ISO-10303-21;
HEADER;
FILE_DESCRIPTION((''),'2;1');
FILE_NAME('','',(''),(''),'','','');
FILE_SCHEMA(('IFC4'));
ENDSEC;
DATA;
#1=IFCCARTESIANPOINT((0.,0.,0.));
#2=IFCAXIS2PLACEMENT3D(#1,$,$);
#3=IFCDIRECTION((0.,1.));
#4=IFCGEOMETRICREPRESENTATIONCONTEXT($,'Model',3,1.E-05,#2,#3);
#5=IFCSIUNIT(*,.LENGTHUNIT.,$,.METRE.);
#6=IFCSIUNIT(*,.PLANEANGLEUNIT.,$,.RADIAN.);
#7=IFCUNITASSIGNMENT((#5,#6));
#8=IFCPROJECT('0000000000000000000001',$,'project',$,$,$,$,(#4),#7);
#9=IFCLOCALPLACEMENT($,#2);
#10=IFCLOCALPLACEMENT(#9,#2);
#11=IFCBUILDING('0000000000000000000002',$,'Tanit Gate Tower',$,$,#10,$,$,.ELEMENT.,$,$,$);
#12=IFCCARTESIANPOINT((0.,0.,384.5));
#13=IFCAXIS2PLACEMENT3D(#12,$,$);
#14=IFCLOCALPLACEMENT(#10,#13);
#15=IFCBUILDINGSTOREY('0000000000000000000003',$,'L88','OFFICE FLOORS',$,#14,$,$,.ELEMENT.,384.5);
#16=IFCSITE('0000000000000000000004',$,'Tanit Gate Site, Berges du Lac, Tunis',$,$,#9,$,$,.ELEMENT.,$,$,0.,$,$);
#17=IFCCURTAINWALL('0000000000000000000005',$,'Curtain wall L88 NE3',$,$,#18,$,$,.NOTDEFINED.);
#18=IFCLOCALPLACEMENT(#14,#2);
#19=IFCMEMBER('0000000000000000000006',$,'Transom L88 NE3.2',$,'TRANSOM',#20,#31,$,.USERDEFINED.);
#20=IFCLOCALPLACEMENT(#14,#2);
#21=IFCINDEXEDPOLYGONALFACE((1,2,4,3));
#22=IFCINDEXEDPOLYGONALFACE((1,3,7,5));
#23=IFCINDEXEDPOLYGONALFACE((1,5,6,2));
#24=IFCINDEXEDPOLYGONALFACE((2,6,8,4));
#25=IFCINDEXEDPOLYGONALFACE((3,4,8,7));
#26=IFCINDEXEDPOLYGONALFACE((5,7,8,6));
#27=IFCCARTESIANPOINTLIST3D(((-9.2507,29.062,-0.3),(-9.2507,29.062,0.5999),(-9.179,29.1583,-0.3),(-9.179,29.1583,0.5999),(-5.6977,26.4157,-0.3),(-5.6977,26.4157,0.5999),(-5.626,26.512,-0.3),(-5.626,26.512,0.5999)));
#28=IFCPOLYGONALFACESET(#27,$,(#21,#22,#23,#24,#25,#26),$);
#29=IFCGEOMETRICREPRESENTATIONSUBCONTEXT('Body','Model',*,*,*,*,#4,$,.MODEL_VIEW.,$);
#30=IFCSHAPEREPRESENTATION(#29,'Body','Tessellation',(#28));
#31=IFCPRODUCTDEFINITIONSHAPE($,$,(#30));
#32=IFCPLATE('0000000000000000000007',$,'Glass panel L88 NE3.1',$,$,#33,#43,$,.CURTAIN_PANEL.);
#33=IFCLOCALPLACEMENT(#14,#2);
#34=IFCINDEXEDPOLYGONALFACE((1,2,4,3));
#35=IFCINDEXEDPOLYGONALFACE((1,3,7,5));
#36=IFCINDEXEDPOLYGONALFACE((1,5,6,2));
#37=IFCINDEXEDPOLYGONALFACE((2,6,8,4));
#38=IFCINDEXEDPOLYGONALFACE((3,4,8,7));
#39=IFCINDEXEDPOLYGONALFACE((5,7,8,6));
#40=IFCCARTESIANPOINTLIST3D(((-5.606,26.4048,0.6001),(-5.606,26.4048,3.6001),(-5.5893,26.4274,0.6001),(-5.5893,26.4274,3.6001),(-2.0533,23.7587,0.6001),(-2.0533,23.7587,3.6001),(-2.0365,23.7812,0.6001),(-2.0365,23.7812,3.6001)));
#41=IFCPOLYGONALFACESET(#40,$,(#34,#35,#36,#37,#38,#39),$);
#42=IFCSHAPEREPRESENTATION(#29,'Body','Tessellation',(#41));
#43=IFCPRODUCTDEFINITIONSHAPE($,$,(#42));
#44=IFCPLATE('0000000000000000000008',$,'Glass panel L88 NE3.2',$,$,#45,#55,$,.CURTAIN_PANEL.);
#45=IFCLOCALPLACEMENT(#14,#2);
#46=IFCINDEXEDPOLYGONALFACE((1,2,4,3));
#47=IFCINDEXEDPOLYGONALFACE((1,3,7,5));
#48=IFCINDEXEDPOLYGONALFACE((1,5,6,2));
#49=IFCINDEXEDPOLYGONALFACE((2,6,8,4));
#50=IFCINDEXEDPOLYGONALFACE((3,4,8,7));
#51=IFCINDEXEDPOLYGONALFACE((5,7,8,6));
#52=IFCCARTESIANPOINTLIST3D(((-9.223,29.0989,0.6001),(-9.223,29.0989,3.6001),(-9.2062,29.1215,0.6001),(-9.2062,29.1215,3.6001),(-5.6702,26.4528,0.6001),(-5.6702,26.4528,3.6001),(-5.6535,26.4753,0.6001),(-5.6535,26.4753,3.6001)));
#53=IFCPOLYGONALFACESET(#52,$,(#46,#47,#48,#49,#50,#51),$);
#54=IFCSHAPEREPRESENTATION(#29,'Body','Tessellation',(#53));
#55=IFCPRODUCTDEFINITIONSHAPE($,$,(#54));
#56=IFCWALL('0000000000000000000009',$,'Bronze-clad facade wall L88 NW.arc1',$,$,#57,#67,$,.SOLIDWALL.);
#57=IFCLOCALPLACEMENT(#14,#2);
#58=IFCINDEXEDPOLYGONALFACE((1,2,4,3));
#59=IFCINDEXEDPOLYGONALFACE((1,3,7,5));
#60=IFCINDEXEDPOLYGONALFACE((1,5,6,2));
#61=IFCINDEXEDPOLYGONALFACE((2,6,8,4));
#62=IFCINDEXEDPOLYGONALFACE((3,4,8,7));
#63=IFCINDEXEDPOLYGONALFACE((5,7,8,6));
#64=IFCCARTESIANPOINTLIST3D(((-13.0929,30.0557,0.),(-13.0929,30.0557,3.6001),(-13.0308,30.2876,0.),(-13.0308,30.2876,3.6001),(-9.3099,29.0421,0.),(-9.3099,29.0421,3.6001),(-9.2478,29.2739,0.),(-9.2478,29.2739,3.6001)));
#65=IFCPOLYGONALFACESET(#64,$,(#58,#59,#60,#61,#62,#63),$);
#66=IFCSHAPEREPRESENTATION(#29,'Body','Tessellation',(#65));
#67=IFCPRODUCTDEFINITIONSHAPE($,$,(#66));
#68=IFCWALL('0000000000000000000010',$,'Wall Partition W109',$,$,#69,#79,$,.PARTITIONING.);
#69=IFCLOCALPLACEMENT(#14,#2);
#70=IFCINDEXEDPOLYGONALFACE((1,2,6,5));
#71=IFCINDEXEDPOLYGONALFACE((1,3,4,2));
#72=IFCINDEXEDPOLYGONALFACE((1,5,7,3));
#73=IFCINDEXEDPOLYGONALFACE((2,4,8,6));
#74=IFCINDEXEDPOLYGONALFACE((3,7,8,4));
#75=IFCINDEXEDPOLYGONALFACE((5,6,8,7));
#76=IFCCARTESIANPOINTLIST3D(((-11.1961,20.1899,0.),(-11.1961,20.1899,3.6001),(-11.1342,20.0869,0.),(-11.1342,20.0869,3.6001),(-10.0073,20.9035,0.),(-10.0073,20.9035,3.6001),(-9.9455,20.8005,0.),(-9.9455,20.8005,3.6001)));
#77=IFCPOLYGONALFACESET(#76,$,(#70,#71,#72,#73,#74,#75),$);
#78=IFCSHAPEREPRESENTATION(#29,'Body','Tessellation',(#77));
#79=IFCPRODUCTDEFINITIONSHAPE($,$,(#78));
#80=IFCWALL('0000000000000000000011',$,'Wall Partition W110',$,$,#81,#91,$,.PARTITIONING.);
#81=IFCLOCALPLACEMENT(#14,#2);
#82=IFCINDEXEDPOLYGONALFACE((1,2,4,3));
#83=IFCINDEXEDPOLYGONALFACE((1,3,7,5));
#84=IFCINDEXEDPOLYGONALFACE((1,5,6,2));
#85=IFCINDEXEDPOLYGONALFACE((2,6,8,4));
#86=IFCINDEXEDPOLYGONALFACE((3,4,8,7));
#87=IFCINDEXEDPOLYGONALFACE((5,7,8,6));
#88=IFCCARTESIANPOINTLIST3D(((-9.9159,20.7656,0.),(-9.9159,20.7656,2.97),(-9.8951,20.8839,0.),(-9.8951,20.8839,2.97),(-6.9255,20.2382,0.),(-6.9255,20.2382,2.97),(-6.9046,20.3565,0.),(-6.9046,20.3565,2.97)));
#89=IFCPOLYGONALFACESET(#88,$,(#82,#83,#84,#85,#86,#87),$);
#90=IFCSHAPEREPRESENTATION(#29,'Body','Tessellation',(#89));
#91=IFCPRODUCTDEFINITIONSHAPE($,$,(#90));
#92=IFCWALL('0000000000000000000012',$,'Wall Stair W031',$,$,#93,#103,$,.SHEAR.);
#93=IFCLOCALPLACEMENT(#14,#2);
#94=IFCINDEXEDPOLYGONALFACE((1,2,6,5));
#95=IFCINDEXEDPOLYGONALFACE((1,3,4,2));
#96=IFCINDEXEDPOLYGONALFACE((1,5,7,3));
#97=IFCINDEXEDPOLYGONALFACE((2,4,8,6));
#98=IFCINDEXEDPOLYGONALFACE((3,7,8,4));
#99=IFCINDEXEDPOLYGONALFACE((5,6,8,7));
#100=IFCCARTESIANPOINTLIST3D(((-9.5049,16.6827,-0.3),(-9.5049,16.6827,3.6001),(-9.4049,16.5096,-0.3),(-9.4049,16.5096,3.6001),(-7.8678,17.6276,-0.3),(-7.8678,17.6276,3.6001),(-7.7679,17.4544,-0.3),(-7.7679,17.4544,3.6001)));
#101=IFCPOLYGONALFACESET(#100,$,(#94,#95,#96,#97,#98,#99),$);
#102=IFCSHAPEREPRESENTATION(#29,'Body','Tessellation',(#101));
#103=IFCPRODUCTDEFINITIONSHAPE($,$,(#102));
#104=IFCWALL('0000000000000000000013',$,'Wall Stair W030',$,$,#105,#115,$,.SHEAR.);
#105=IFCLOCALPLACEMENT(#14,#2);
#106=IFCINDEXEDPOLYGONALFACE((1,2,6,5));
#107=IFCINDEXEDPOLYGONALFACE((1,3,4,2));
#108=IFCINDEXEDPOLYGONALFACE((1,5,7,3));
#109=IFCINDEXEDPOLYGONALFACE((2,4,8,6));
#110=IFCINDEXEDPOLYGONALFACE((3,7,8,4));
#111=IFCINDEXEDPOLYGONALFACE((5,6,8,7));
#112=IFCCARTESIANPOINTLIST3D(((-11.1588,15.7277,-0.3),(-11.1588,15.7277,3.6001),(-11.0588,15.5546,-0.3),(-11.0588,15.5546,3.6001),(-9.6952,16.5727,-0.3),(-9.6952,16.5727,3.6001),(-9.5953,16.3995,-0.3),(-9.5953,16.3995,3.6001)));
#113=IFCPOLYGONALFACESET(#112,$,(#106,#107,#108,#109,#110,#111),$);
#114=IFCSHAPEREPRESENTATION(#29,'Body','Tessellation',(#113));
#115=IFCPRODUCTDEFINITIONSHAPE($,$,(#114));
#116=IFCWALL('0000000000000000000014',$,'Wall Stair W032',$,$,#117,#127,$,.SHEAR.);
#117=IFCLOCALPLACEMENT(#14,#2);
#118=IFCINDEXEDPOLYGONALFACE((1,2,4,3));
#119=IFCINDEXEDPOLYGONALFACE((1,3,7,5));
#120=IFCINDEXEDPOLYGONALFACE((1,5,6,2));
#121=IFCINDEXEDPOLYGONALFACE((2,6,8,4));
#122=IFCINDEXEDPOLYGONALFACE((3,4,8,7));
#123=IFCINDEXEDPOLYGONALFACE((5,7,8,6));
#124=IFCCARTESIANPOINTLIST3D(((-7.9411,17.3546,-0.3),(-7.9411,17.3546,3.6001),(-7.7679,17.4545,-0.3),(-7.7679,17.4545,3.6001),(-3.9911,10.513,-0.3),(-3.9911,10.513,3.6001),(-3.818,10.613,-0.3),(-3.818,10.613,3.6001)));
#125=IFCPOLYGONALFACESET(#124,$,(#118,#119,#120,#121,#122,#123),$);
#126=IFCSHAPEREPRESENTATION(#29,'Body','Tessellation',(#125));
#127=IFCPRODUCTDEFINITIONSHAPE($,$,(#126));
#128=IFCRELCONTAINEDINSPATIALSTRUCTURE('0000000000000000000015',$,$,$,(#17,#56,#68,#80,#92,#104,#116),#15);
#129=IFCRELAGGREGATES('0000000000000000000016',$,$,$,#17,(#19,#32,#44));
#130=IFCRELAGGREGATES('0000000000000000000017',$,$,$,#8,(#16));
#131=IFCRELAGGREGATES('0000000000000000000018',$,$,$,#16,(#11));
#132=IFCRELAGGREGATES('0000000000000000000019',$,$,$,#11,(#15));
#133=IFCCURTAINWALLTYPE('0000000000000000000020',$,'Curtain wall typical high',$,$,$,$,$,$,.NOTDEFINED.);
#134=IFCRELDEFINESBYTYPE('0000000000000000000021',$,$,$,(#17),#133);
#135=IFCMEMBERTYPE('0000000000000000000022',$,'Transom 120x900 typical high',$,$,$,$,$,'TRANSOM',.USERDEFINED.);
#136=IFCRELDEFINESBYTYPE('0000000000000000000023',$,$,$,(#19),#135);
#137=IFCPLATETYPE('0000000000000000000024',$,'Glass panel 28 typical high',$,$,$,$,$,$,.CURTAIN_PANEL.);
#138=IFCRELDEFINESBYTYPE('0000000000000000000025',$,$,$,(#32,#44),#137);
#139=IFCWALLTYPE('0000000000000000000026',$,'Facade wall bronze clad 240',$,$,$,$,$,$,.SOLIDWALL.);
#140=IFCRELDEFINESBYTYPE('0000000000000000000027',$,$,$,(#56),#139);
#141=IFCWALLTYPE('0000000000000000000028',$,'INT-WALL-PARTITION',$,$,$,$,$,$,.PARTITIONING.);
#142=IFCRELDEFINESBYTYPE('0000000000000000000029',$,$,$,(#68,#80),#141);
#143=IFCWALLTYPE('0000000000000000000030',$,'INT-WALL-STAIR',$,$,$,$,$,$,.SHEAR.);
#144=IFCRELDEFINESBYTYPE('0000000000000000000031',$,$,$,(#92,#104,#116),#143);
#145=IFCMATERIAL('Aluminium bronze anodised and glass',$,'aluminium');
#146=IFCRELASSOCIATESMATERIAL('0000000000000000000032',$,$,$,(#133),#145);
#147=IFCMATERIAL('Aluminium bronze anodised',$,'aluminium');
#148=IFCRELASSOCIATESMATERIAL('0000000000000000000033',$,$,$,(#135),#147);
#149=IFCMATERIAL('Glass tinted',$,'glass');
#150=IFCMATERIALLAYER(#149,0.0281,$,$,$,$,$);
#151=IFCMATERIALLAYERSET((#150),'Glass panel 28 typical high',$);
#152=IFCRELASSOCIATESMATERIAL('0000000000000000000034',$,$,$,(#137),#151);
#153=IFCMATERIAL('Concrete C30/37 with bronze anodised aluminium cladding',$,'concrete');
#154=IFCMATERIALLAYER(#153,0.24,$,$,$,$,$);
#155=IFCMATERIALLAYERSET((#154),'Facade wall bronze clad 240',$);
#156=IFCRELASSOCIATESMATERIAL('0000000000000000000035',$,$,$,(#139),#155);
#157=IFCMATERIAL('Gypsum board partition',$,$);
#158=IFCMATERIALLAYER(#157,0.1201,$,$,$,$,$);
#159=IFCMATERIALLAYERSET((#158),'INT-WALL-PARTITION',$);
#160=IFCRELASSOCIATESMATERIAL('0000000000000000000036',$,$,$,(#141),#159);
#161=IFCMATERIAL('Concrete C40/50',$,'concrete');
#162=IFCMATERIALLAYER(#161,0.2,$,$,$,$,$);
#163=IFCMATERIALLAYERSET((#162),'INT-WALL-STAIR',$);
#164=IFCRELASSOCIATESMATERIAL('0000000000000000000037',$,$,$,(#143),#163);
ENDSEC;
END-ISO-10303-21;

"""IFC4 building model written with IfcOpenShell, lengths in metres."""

from ifc_helpers import new_model, si_unit, direction, frame, frame_2d, origin, origin_2d, place, context, subcontext, project, spatial, rectangle, extrude, material, layer, layer_set, material_profile, profile_set, type_object, element, aggregate, save


model = new_model("IFC4")

# Units and contexts
model_context = context("Model", 3, precision=1e-05, world=origin(), true_north=direction((0.0, 1.0)))
body_context = subcontext(model_context, "Body", "Model", "MODEL_VIEW")
ifc_project = project(units=[si_unit("LENGTHUNIT", "METRE"), si_unit("PLANEANGLEUNIT", "RADIAN")], contexts=[model_context])

# Site, building, storey
site_placement = place(None, origin())
site = spatial("IfcSite", under=ifc_project, at=site_placement, Name="Tanit Gate Site, Berges du Lac, Tunis", CompositionType="ELEMENT", RefElevation=0.0)
building_placement = place(site_placement, origin())
building = spatial("IfcBuilding", under=site, at=building_placement, Name="Tanit Gate Tower", CompositionType="ELEMENT")
storey_placement = place(building_placement, frame((0.0, 0.0, 384.5)))
storey = spatial("IfcBuildingStorey", under=building, at=storey_placement, Name="L88", Description="OFFICE FLOORS", CompositionType="ELEMENT", Elevation=384.5)

# Curtain wall
ifc_material_1 = material(Name="Aluminium bronze anodised and glass", Category="aluminium")
curtain_wall_type = type_object("IfcCurtainWallType", Name="Curtain wall typical high", PredefinedType="NOTDEFINED", material=ifc_material_1)
curtain_wall_1_placement = place(storey_placement, origin())
curtain_wall_1 = element("IfcCurtainWall", 1, at=curtain_wall_1_placement, inside=storey, type_object=curtain_wall_type, Name="Curtain wall L88 NE3", PredefinedType="NOTDEFINED")

# Member
ifc_material_2 = material(Name="Aluminium bronze anodised", Category="aluminium")
ifc_material_profile_1 = material_profile(ifc_material_2, rectangle(XDim=0.1201, YDim=0.8999, at=origin_2d()), Name="120x900 bronze transom")
ifc_profile_set_1 = profile_set([ifc_material_profile_1], Name="Aluminium bronze anodised")
member_type_1 = type_object("IfcMemberType", Name="Transom 120x900 typical high", ElementType="TRANSOM", PredefinedType="USERDEFINED", material=ifc_profile_set_1)
member_1_placement = place(storey_placement, frame((-5.6619, 26.4639, 0.1499), z_axis=(-0.801999, 0.597325, 0.0), x_axis=(-0.597325, -0.801999, 0.0)))
member_1 = element("IfcMember", 2, at=member_1_placement, type_object=member_type_1, Name="Transom L88 NE3.2", ObjectType="TRANSOM", PredefinedType="USERDEFINED", context=body_context, shape_type="SweptSolid", body=[
    extrude(rectangle(XDim=0.1201, YDim=0.8999, at=origin_2d()), origin(), (0.0, 0.0, 1.0), 4.4302),
])

# Plates
ifc_material_3 = material(Name="Glass tinted", Category="glass")
ifc_layer_1 = layer(ifc_material_3, 0.0281)
ifc_layer_set_1 = layer_set([ifc_layer_1], Name="Glass panel 28 typical high")
plate_type = type_object("IfcPlateType", Name="Glass panel 28 typical high", PredefinedType="CURTAIN_PANEL", material=ifc_layer_set_1)
plate_1_placement = place(storey_placement, frame((-3.8213, 25.093, 0.6001), z_axis=(0.0, 0.0, 1.0), x_axis=(-0.801988, 0.597341, 0.0)))
plate_1 = element("IfcPlate", 3, at=plate_1_placement, type_object=plate_type, Name="Glass panel L88 NE3.1", PredefinedType="CURTAIN_PANEL", context=body_context, shape_type="SweptSolid", body=[
    extrude(rectangle(XDim=4.4299, YDim=0.0281, at=origin_2d()), origin(), (0.0, 0.0, 1.0), 3.0),
])
plate_2_placement = place(storey_placement, frame((-7.4382, 27.7871, 0.6001), z_axis=(0.0, 0.0, 1.0), x_axis=(-0.801988, 0.597341, 0.0)))
plate_2 = element("IfcPlate", 4, at=plate_2_placement, type_object=plate_type, Name="Glass panel L88 NE3.2", PredefinedType="CURTAIN_PANEL", context=body_context, shape_type="SweptSolid", body=[
    extrude(rectangle(XDim=4.4299, YDim=0.0281, at=origin_2d()), origin(), (0.0, 0.0, 1.0), 3.0),
])
aggregate(curtain_wall_1, [member_1, plate_1, plate_2])

# Walls
ifc_material_4 = material(Name="Concrete C30/37 with bronze anodised aluminium cladding", Category="concrete")
ifc_layer_2 = layer(ifc_material_4, 0.24)
ifc_layer_set_2 = layer_set([ifc_layer_2], Name="Facade wall bronze clad 240")
wall_type_1 = type_object("IfcWallType", Name="Facade wall bronze clad 240", PredefinedType="SOLIDWALL", material=ifc_layer_set_2)
wall_1_placement = place(storey_placement, frame((-9.2788, 29.158, 0.0), z_axis=(0.0, 0.0, 1.0), x_axis=(-0.965924, 0.258826, 0.0)))
element("IfcWall", 5, at=wall_1_placement, inside=storey, type_object=wall_type_1, Name="Bronze-clad facade wall L88 NW.arc1", PredefinedType="SOLIDWALL", context=body_context, shape_type="SweptSolid", body=[
    extrude(rectangle(XDim=3.9165, YDim=0.24, at=frame_2d((1.9583, 0.0))), origin(), (0.0, 0.0, 1.0), 3.6001),
])
ifc_material_5 = material(Name="Gypsum board partition")
ifc_layer_3 = layer(ifc_material_5, 0.1201)
ifc_layer_set_3 = layer_set([ifc_layer_3], Name="INT-WALL-PARTITION")
wall_type_2 = type_object("IfcWallType", Name="INT-WALL-PARTITION", PredefinedType="PARTITIONING", material=ifc_layer_set_3)
wall_2_placement = place(storey_placement, frame((-9.9763, 20.8521, 0.0), z_axis=(0.0, 0.0, 1.0), x_axis=(-0.857369, -0.514703, 0.0)))
element("IfcWall", 6, at=wall_2_placement, inside=storey, type_object=wall_type_2, Name="Wall Partition W109", PredefinedType="PARTITIONING", context=body_context, shape_type="SweptSolid", body=[
    extrude(rectangle(XDim=1.3865, YDim=0.1201, at=frame_2d((0.6934, 0.0))), origin(), (0.0, 0.0, 1.0), 3.6001),
])
wall_3_placement = place(storey_placement, frame((-6.915, 20.2974, 0.0), z_axis=(0.0, 0.0, 1.0), x_axis=(-0.984805, 0.173661, 0.0)))
element("IfcWall", 7, at=wall_3_placement, inside=storey, type_object=wall_type_2, Name="Wall Partition W110", PredefinedType="PARTITIONING", context=body_context, shape_type="SweptSolid", body=[
    extrude(rectangle(XDim=3.0366, YDim=0.1201, at=frame_2d((1.5183, 0.0))), origin(), (0.0, 0.0, 1.0), 2.97),
])
ifc_material_6 = material(Name="Concrete C40/50", Category="concrete")
ifc_layer_4 = layer(ifc_material_6, 0.2)
ifc_layer_set_4 = layer_set([ifc_layer_4], Name="INT-WALL-STAIR")
wall_type_3 = type_object("IfcWallType", Name="INT-WALL-STAIR", PredefinedType="SHEAR", material=ifc_layer_set_4)
wall_4_placement = place(storey_placement, frame((-7.8179, 17.541, -0.3), z_axis=(0.0, 0.0, 1.0), x_axis=(-0.866089, -0.49989, 0.0)))
element("IfcWall", 8, at=wall_4_placement, inside=storey, type_object=wall_type_3, Name="Wall Stair W031", PredefinedType="SHEAR", context=body_context, shape_type="SweptSolid", body=[
    extrude(rectangle(XDim=1.8901, YDim=0.2, at=frame_2d((0.9451, 0.0))), origin(), (0.0, 0.0, 1.0), 3.9001),
])
wall_5_placement = place(storey_placement, frame((-9.6453, 16.4861, -0.3), z_axis=(0.0, 0.0, 1.0), x_axis=(-0.866039, -0.499977, 0.0)))
element("IfcWall", 9, at=wall_5_placement, inside=storey, type_object=wall_type_3, Name="Wall Stair W030", PredefinedType="SHEAR", context=body_context, shape_type="SweptSolid", body=[
    extrude(rectangle(XDim=1.6899, YDim=0.2, at=frame_2d((0.845, 0.0))), origin(), (0.0, 0.0, 1.0), 3.9001),
])
wall_6_placement = place(storey_placement, frame((-7.8545, 17.4045, -0.3), z_axis=(0.0, 0.0, 1.0), x_axis=(0.499998, -0.866027, 0.0)))
element("IfcWall", 10, at=wall_6_placement, inside=storey, type_object=wall_type_3, Name="Wall Stair W032", PredefinedType="SHEAR", context=body_context, shape_type="SweptSolid", body=[
    extrude(rectangle(XDim=7.8999, YDim=0.2, at=frame_2d((3.95, 0.0))), origin(), (0.0, 0.0, 1.0), 3.9001),
])

save(model, "model.ifc")
